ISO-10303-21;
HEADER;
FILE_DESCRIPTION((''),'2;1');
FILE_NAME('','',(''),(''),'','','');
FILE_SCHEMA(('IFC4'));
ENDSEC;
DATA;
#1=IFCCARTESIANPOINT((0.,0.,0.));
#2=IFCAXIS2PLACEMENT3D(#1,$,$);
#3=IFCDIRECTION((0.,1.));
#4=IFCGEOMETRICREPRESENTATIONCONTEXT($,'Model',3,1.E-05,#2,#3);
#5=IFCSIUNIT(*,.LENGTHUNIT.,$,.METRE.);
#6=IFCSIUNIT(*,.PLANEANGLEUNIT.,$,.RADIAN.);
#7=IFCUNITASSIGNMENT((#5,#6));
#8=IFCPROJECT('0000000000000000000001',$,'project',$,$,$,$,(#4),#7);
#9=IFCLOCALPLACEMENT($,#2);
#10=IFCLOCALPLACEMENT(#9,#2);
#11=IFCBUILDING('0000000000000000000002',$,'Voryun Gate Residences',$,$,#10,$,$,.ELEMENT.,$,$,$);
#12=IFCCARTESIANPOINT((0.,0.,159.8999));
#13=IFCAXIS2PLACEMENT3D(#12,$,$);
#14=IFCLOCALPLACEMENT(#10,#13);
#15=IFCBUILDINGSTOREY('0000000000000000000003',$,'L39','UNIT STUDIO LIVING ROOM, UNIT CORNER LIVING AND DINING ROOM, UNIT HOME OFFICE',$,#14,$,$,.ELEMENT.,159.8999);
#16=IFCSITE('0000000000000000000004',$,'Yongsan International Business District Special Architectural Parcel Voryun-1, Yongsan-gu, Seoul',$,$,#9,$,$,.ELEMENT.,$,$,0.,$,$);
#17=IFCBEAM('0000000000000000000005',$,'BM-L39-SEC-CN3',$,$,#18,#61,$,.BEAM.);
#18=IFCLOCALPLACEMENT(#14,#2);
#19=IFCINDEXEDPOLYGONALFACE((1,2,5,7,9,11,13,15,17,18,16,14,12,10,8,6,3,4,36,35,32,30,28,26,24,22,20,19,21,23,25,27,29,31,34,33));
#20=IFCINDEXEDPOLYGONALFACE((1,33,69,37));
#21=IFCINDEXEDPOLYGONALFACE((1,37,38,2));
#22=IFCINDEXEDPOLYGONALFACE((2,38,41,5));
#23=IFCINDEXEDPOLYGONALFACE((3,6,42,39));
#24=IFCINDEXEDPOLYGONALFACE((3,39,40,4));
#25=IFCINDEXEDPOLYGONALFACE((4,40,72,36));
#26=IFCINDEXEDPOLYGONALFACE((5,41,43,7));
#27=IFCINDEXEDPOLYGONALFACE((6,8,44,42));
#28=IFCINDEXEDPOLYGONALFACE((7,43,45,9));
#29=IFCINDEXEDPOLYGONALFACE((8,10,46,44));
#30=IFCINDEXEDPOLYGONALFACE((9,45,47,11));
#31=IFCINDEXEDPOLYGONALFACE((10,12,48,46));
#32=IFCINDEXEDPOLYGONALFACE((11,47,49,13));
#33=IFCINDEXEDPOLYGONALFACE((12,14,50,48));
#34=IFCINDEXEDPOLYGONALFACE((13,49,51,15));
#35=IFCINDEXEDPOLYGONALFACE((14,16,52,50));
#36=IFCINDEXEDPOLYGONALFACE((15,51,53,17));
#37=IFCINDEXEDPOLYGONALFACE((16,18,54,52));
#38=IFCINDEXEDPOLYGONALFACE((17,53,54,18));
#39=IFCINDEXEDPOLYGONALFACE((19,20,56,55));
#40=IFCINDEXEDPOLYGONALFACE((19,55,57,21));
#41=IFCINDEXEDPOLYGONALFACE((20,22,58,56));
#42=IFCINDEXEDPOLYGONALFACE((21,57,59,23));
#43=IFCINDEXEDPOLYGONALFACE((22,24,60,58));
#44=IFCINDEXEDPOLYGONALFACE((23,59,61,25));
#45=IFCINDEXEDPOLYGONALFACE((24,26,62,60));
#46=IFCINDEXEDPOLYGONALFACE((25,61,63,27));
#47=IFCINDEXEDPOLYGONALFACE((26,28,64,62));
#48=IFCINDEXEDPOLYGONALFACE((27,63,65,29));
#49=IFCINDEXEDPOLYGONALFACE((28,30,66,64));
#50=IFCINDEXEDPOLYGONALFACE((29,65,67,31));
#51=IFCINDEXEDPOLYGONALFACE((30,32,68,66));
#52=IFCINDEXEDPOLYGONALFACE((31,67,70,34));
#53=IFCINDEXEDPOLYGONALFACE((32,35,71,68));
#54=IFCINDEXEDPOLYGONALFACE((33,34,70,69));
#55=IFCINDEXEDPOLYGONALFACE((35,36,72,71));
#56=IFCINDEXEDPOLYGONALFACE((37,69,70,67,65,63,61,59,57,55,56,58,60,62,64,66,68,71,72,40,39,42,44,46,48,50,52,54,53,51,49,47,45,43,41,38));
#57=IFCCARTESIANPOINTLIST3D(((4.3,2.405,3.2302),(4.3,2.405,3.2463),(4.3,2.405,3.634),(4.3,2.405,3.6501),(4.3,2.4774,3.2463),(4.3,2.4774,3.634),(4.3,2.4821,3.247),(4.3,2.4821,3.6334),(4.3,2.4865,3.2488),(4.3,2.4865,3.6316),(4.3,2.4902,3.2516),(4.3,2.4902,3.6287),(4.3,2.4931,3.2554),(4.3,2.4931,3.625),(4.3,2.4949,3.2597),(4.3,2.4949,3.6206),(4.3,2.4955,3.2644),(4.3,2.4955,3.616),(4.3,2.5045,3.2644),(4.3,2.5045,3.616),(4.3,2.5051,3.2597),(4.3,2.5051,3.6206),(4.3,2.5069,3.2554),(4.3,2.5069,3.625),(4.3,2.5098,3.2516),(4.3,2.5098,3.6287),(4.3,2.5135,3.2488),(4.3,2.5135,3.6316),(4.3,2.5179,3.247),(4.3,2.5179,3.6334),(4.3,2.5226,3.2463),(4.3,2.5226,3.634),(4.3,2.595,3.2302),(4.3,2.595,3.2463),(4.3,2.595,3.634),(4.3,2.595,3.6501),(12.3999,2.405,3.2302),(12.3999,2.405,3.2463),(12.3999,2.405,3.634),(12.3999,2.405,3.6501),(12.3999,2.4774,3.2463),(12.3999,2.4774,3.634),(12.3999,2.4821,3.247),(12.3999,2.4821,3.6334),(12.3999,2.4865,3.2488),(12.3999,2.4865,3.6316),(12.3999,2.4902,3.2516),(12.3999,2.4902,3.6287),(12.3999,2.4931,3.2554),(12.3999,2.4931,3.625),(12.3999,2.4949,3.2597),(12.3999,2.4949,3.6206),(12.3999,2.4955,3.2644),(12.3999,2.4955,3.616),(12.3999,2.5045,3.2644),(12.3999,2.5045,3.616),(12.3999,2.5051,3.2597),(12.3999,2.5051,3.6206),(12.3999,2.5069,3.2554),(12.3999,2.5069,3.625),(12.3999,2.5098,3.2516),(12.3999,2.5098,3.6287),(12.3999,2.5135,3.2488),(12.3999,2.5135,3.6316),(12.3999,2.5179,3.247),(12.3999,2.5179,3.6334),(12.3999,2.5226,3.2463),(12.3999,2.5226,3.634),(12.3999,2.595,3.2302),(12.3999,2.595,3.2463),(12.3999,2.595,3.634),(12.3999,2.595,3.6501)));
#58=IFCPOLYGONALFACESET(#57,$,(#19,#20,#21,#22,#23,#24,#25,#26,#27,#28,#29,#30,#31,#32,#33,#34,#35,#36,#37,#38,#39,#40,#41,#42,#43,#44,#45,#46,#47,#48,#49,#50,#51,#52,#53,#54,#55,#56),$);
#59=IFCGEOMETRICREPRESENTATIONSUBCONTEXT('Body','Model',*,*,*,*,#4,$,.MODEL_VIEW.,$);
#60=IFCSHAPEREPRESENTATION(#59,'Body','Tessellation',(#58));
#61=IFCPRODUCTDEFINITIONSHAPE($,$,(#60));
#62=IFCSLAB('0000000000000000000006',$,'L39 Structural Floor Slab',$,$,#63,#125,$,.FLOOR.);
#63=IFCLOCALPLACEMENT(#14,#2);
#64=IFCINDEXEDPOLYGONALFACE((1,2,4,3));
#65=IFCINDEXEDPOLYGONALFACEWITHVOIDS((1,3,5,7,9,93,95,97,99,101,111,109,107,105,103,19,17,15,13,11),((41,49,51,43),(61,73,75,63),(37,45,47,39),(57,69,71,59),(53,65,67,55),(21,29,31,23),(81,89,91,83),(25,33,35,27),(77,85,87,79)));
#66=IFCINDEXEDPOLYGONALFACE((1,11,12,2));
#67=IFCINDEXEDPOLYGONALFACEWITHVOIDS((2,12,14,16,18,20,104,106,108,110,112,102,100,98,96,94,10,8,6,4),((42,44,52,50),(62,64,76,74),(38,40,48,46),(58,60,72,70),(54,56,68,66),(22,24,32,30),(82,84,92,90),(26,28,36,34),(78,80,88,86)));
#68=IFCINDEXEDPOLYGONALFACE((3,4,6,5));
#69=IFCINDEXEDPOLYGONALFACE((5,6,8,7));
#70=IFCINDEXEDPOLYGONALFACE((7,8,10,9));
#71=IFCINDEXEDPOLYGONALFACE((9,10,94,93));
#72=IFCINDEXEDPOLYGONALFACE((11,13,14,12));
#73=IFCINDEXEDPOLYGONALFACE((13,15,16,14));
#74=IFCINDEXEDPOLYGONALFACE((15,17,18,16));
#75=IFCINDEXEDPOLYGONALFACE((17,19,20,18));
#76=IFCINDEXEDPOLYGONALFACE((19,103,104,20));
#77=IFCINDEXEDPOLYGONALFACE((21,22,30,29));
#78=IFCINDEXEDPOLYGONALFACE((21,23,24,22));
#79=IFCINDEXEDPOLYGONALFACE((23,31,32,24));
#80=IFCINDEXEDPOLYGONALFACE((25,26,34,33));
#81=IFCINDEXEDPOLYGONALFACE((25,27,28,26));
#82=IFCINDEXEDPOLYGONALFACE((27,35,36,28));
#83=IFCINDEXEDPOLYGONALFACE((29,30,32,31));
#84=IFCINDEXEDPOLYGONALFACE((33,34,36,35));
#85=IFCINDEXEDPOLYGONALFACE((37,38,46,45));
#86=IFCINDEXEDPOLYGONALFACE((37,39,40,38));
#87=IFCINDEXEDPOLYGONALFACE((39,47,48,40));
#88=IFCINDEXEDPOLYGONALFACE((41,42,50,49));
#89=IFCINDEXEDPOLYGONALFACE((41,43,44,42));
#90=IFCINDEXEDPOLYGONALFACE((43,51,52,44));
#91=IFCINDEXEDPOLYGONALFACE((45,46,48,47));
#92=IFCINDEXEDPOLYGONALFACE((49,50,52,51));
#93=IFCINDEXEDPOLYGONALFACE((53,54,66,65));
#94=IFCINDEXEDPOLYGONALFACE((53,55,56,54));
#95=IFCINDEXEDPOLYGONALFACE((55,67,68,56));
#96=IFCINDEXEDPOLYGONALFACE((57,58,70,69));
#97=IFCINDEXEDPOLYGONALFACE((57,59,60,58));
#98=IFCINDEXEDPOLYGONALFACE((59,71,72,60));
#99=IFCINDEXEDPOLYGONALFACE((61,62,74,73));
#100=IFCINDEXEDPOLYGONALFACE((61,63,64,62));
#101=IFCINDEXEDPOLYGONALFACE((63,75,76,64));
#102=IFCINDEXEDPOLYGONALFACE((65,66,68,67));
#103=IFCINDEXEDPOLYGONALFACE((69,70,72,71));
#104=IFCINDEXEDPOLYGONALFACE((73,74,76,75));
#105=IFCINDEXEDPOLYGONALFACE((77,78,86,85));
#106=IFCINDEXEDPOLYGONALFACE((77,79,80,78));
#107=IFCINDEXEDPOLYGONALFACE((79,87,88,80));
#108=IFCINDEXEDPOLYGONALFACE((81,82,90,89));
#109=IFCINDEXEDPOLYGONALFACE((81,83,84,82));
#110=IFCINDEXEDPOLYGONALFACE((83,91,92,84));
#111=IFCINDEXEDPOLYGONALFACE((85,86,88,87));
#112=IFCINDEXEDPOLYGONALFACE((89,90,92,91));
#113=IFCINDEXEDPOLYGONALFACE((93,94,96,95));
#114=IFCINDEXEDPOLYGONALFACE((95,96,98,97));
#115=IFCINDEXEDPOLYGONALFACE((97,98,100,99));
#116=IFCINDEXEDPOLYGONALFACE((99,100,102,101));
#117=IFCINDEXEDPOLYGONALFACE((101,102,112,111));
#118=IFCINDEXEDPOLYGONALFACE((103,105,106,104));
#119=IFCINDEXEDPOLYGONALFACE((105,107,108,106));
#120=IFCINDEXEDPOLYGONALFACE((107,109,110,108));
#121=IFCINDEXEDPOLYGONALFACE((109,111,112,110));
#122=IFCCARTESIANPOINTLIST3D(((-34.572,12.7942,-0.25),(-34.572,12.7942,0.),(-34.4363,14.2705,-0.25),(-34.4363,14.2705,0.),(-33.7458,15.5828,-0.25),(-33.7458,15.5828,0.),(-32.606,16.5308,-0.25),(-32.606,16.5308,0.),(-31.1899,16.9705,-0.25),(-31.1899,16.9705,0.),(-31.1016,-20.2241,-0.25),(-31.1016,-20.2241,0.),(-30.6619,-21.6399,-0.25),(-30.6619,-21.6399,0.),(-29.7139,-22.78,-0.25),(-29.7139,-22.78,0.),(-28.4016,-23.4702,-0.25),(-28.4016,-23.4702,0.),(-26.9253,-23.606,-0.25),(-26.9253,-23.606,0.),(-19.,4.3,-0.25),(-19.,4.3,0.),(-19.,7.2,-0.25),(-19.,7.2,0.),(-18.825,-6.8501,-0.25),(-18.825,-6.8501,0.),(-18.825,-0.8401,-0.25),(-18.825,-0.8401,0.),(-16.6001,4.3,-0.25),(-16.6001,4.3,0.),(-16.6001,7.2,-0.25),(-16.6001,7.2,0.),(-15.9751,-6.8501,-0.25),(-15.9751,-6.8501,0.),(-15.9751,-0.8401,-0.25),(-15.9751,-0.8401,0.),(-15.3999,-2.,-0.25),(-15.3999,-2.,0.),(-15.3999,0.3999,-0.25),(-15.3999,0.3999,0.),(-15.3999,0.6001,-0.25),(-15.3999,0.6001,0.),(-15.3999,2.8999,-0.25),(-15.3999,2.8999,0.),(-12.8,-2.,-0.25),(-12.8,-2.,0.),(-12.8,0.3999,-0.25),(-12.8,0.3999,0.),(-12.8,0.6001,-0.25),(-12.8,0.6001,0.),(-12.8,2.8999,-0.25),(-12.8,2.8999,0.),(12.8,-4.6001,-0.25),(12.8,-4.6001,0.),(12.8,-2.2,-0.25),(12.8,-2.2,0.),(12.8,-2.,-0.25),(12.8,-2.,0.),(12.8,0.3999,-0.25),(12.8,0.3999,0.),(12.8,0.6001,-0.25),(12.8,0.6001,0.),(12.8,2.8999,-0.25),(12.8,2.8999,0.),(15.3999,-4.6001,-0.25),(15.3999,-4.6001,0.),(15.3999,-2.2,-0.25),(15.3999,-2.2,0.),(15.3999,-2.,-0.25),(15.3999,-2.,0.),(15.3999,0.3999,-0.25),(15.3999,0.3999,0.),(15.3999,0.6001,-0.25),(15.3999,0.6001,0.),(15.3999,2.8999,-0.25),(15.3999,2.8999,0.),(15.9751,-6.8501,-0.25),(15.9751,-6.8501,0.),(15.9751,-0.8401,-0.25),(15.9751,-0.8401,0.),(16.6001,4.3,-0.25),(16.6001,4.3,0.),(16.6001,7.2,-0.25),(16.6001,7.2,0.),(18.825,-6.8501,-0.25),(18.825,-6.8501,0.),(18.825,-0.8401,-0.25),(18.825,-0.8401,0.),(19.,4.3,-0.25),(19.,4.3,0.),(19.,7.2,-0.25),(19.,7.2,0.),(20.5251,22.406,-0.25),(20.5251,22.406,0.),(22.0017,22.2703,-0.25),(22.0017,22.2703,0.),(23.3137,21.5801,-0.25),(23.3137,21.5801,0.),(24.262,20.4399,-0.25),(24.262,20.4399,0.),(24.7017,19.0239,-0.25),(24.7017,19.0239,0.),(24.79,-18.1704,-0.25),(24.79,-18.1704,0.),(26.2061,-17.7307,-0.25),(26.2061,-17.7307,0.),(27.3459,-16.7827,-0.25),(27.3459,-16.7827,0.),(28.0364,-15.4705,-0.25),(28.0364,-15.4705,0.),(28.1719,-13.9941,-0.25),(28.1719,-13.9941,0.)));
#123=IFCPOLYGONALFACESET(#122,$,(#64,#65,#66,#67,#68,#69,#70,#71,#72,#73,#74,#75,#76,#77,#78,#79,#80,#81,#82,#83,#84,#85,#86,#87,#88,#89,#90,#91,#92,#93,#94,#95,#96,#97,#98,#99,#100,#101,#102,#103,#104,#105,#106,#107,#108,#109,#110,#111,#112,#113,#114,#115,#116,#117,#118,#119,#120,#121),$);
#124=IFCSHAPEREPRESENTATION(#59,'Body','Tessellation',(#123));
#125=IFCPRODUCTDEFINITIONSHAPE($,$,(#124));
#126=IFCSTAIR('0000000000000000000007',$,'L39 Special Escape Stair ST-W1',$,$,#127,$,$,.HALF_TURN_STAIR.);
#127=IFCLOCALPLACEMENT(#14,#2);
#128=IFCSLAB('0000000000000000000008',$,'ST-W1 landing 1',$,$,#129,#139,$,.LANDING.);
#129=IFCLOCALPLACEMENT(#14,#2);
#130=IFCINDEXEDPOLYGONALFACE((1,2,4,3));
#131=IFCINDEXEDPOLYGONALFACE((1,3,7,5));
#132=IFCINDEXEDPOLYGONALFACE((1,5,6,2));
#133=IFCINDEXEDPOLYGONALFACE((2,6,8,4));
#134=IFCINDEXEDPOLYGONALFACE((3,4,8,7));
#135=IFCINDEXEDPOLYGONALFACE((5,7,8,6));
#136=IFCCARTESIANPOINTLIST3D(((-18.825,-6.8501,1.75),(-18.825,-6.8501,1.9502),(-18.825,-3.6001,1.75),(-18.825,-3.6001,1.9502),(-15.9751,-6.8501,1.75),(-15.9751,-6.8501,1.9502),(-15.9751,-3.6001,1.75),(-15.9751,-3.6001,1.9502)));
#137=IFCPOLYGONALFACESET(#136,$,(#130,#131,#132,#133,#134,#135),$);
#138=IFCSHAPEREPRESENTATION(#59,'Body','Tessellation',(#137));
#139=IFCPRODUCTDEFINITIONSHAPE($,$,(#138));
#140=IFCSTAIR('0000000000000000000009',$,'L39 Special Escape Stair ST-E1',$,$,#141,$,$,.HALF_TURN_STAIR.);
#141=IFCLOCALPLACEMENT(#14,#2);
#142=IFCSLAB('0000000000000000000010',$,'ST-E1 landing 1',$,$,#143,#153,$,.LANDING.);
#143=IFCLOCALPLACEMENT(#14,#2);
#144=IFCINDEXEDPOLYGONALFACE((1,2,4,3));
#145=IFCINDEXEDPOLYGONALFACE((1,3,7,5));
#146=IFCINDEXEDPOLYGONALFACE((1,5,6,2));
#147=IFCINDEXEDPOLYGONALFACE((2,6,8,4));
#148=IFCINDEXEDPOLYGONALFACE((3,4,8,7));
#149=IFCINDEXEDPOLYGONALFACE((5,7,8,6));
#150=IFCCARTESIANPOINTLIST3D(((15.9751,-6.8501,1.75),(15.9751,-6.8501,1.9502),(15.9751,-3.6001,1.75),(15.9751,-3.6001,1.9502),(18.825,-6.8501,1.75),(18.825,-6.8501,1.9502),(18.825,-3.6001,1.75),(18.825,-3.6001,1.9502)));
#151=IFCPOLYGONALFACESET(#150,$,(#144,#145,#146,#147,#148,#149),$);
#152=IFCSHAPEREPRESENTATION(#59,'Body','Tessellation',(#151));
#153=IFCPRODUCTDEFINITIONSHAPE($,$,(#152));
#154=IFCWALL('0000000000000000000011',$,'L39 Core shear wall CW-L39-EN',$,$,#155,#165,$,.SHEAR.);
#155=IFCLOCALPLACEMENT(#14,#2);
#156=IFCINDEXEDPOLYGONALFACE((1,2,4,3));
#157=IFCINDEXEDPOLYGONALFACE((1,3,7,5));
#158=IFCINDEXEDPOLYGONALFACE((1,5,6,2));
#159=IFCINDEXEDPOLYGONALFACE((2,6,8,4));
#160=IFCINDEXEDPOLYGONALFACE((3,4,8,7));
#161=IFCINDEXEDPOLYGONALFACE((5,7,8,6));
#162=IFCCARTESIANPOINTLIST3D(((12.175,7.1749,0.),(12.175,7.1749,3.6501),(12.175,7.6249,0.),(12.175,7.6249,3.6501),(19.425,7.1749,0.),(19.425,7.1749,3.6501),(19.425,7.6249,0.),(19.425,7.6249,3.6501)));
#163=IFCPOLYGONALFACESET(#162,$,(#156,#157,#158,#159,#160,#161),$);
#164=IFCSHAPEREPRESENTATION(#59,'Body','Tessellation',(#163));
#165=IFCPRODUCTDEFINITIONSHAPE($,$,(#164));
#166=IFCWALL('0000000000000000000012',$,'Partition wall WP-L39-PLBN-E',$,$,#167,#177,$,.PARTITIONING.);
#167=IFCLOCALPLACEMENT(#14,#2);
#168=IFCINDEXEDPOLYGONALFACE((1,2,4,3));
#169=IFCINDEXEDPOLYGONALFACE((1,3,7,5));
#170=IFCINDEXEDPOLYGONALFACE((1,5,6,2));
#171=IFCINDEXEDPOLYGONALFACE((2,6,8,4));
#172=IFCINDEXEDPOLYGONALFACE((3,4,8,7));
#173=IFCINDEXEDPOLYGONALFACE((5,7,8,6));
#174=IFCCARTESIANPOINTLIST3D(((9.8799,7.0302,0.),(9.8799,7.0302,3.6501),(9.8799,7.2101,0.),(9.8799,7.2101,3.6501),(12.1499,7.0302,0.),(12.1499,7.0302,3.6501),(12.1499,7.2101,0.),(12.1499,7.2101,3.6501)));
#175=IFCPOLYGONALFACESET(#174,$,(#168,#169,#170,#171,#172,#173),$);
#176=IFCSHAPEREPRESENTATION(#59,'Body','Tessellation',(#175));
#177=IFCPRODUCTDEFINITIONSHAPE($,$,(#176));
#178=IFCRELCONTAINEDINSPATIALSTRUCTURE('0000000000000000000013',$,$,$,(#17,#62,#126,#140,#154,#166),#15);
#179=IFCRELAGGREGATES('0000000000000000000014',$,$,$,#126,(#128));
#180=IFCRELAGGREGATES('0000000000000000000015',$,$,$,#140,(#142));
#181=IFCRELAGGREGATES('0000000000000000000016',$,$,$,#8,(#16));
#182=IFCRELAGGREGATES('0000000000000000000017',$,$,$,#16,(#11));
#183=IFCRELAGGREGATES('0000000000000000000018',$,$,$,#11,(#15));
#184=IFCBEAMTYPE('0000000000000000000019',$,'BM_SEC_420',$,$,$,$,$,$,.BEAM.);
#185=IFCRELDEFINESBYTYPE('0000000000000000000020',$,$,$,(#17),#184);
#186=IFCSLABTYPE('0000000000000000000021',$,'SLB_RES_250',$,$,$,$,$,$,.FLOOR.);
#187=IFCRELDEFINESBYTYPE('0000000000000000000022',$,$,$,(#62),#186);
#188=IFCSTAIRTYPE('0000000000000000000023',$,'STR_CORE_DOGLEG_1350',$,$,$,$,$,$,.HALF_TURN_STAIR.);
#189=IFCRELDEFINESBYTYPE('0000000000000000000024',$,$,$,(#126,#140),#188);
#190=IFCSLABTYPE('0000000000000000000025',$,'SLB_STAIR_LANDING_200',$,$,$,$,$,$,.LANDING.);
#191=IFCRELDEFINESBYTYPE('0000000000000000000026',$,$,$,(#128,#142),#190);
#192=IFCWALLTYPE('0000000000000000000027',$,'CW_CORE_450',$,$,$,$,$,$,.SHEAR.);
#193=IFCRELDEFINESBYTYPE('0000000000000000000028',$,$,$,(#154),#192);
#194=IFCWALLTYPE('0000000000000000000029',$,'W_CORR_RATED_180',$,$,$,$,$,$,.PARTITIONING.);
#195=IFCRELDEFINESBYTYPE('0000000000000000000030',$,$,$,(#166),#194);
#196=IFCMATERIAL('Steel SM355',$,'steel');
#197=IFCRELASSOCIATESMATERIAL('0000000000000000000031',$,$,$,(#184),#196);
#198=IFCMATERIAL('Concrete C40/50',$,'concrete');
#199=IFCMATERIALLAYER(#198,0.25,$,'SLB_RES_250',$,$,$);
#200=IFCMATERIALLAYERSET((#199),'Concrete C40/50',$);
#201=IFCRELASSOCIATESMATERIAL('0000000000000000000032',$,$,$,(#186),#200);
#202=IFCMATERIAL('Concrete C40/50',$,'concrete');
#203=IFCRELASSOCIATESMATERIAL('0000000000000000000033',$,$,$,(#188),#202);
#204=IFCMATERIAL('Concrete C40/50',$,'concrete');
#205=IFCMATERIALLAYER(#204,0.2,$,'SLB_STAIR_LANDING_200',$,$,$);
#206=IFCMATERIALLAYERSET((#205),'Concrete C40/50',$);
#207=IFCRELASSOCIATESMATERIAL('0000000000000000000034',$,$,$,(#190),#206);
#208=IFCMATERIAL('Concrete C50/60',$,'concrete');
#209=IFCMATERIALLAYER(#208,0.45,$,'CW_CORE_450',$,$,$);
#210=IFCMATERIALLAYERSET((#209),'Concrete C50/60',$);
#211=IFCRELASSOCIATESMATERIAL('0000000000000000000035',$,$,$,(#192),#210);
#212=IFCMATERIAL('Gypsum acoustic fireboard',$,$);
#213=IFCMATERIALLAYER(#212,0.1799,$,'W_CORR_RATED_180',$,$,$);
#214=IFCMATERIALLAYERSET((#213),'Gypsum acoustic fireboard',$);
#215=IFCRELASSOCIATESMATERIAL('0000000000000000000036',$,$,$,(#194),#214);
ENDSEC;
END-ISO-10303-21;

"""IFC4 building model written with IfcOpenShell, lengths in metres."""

from ifc_helpers import new_model, si_unit, direction, frame, frame_2d, origin, origin_2d, place, context, subcontext, project, spatial, polyline, rectangle, i_section, outline, extrude, material, layer, layer_set, material_profile, profile_set, type_object, element, aggregate, save


model = new_model("IFC4")

# Units and contexts
model_context = context("Model", 3, precision=1e-05, world=origin(), true_north=direction((0.0, 1.0)))
body_context = subcontext(model_context, "Body", "Model", "MODEL_VIEW")
ifc_project = project(units=[si_unit("LENGTHUNIT", "METRE"), si_unit("PLANEANGLEUNIT", "RADIAN")], contexts=[model_context])

# Site, building, storey
site_placement = place(None, origin())
site = spatial("IfcSite", under=ifc_project, at=site_placement, Name="Yongsan International Business District Special Architectural Parcel Voryun-1, Yongsan-gu, Seoul", CompositionType="ELEMENT", RefElevation=0.0)
building_placement = place(site_placement, origin())
building = spatial("IfcBuilding", under=site, at=building_placement, Name="Voryun Gate Residences", CompositionType="ELEMENT")
storey_placement = place(building_placement, frame((0.0, 0.0, 159.8999)))
storey = spatial("IfcBuildingStorey", under=building, at=storey_placement, Name="L39", Description="UNIT STUDIO LIVING ROOM, UNIT CORNER LIVING AND DINING ROOM, UNIT HOME OFFICE", CompositionType="ELEMENT", Elevation=159.8999)

# Beam
ifc_material_1 = material(Name="Steel SM355", Category="steel")
ifc_material_profile_1 = material_profile(ifc_material_1, i_section(OverallWidth=0.1899, OverallDepth=0.4199, WebThickness=0.009, FlangeThickness=0.0161, FilletRadius=0.0181, at=origin_2d()), Name="H-420x190x9x16")
ifc_profile_set_1 = profile_set([ifc_material_profile_1], Name="Steel SM355")
beam_type_1 = type_object("IfcBeamType", Name="BM_SEC_420", PredefinedType="BEAM", material=ifc_profile_set_1)
for number, where, z_axis, x_axis, name in (
    (1, (4.3, 2.5, 3.4402), (1.0, 0.0, 0.0), (0.0, 1.0, 0.0), "BM-L39-SEC-CN3"),
):
    element("IfcBeam", number, at=place(storey_placement, frame(where, z_axis=z_axis, x_axis=x_axis)), inside=storey, type_object=beam_type_1, Name=name, PredefinedType="BEAM", context=body_context, shape_type="SweptSolid", body=[
        extrude(i_section(OverallWidth=0.1899, OverallDepth=0.4199, WebThickness=0.009, FlangeThickness=0.0161, FilletRadius=0.0181, at=origin_2d()), origin(), (0.0, 0.0, 1.0), 8.0999),
    ])

# Slab
ifc_material_2 = material(Name="Concrete C40/50", Category="concrete")
ifc_layer_1 = layer(ifc_material_2, 0.25, Name="SLB_RES_250")
ifc_layer_set_1 = layer_set([ifc_layer_1], Name="Concrete C40/50")
slab_type_1 = type_object("IfcSlabType", Name="SLB_RES_250", PredefinedType="FLOOR", material=ifc_layer_set_1)
slab_1_placement = place(storey_placement, frame((0.0, 0.0, -0.25)))
element("IfcSlab", 2, at=slab_1_placement, inside=storey, type_object=slab_type_1, Name="L39 Structural Floor Slab", PredefinedType="FLOOR", context=body_context, shape_type="SweptSolid", body=[
    extrude(outline(polyline([(-26.9253, -23.606), (-28.4016, -23.4702), (-29.7139, -22.78), (-30.6619, -21.6399), (-31.1016, -20.2241), (-34.572, 12.7942), (-34.4363, 14.2705), (-33.7458, 15.5828), (-32.606, 16.5308), (-31.1899, 16.9705), (20.5251, 22.406), (22.0017, 22.2703), (23.3137, 21.5801), (24.262, 20.4399), (24.7017, 19.0239), (28.1719, -13.9941), (28.0364, -15.4705), (27.3459, -16.7827), (26.2061, -17.7307), (24.79, -18.1704), (-26.9253, -23.606)]), holes=[polyline([(-15.9751, -6.8501), (-15.9751, -0.8401), (-18.825, -0.8401), (-18.825, -6.8501), (-15.9751, -6.8501)]), polyline([(18.825, -6.8501), (18.825, -0.8401), (15.9751, -0.8401), (15.9751, -6.8501), (18.825, -6.8501)]), polyline([(15.3999, -2.2), (12.8, -2.2), (12.8, -4.6001), (15.3999, -4.6001), (15.3999, -2.2)]), polyline([(-12.8, 0.3999), (-15.3999, 0.3999), (-15.3999, -2.0), (-12.8, -2.0), (-12.8, 0.3999)]), polyline([(15.3999, 0.3999), (12.8, 0.3999), (12.8, -2.0), (15.3999, -2.0), (15.3999, 0.3999)]), polyline([(-12.8, 2.8999), (-15.3999, 2.8999), (-15.3999, 0.6001), (-12.8, 0.6001), (-12.8, 2.8999)]), polyline([(15.3999, 2.8999), (12.8, 2.8999), (12.8, 0.6001), (15.3999, 0.6001), (15.3999, 2.8999)]), polyline([(-16.6001, 4.3), (-16.6001, 7.2), (-19.0, 7.2), (-19.0, 4.3), (-16.6001, 4.3)]), polyline([(19.0, 4.3), (19.0, 7.2), (16.6001, 7.2), (16.6001, 4.3), (19.0, 4.3)])]), origin(), (0.0, 0.0, 1.0), 0.25),
])

# Stairs, slabs
ifc_material_3 = material(Name="Concrete C40/50", Category="concrete")
stair_type = type_object("IfcStairType", Name="STR_CORE_DOGLEG_1350", PredefinedType="HALF_TURN_STAIR", material=ifc_material_3)
stair_1_placement = place(storey_placement, origin())
stair_1 = element("IfcStair", 3, at=stair_1_placement, inside=storey, type_object=stair_type, Name="L39 Special Escape Stair ST-W1", PredefinedType="HALF_TURN_STAIR")
ifc_material_4 = material(Name="Concrete C40/50", Category="concrete")
ifc_layer_2 = layer(ifc_material_4, 0.2, Name="SLB_STAIR_LANDING_200")
ifc_layer_set_2 = layer_set([ifc_layer_2], Name="Concrete C40/50")
slab_type_2 = type_object("IfcSlabType", Name="SLB_STAIR_LANDING_200", PredefinedType="LANDING", material=ifc_layer_set_2)
slab_2_placement = place(storey_placement, frame((0.0, 0.0, 1.75)))
slab_2 = element("IfcSlab", 4, at=slab_2_placement, type_object=slab_type_2, Name="ST-W1 landing 1", PredefinedType="LANDING", context=body_context, shape_type="SweptSolid", body=[
    extrude(outline(polyline([(-18.825, -3.6001), (-18.825, -6.8501), (-15.9751, -6.8501), (-15.9751, -3.6001), (-18.825, -3.6001)])), origin(), (0.0, 0.0, 1.0), 0.2002),
])
aggregate(stair_1, [slab_2])
stair_2_placement = place(storey_placement, origin())
stair_2 = element("IfcStair", 5, at=stair_2_placement, inside=storey, type_object=stair_type, Name="L39 Special Escape Stair ST-E1", PredefinedType="HALF_TURN_STAIR")
slab_3_placement = place(storey_placement, frame((0.0, 0.0, 1.75)))
slab_3 = element("IfcSlab", 6, at=slab_3_placement, type_object=slab_type_2, Name="ST-E1 landing 1", PredefinedType="LANDING", context=body_context, shape_type="SweptSolid", body=[
    extrude(outline(polyline([(15.9751, -3.6001), (15.9751, -6.8501), (18.825, -6.8501), (18.825, -3.6001), (15.9751, -3.6001)])), origin(), (0.0, 0.0, 1.0), 0.2002),
])
aggregate(stair_2, [slab_3])

# Walls
ifc_material_5 = material(Name="Concrete C50/60", Category="concrete")
ifc_layer_3 = layer(ifc_material_5, 0.45, Name="CW_CORE_450")
ifc_layer_set_3 = layer_set([ifc_layer_3], Name="Concrete C50/60")
wall_type_1 = type_object("IfcWallType", Name="CW_CORE_450", PredefinedType="SHEAR", material=ifc_layer_set_3)
wall_1_placement = place(storey_placement, frame((12.175, 7.3999, 0.0), z_axis=(0.0, 0.0, 1.0), x_axis=(1.0, 0.0, 0.0)))
element("IfcWall", 7, at=wall_1_placement, inside=storey, type_object=wall_type_1, Name="L39 Core shear wall CW-L39-EN", PredefinedType="SHEAR", context=body_context, shape_type="SweptSolid", body=[
    extrude(rectangle(XDim=7.25, YDim=0.45, at=frame_2d((3.625, 0.0))), origin(), (0.0, 0.0, 1.0), 3.6501),
])
ifc_material_6 = material(Name="Gypsum acoustic fireboard")
ifc_layer_4 = layer(ifc_material_6, 0.1799, Name="W_CORR_RATED_180")
ifc_layer_set_4 = layer_set([ifc_layer_4], Name="Gypsum acoustic fireboard")
wall_type_2 = type_object("IfcWallType", Name="W_CORR_RATED_180", PredefinedType="PARTITIONING", material=ifc_layer_set_4)
wall_2_placement = place(storey_placement, frame((9.8799, 7.1201, 0.0), z_axis=(0.0, 0.0, 1.0), x_axis=(1.0, 0.0, 0.0)))
element("IfcWall", 8, at=wall_2_placement, inside=storey, type_object=wall_type_2, Name="Partition wall WP-L39-PLBN-E", PredefinedType="PARTITIONING", context=body_context, shape_type="SweptSolid", body=[
    extrude(rectangle(XDim=2.27, YDim=0.1799, at=frame_2d((1.135, 0.0))), origin(), (0.0, 0.0, 1.0), 3.6501),
])

save(model, "model.ifc")
